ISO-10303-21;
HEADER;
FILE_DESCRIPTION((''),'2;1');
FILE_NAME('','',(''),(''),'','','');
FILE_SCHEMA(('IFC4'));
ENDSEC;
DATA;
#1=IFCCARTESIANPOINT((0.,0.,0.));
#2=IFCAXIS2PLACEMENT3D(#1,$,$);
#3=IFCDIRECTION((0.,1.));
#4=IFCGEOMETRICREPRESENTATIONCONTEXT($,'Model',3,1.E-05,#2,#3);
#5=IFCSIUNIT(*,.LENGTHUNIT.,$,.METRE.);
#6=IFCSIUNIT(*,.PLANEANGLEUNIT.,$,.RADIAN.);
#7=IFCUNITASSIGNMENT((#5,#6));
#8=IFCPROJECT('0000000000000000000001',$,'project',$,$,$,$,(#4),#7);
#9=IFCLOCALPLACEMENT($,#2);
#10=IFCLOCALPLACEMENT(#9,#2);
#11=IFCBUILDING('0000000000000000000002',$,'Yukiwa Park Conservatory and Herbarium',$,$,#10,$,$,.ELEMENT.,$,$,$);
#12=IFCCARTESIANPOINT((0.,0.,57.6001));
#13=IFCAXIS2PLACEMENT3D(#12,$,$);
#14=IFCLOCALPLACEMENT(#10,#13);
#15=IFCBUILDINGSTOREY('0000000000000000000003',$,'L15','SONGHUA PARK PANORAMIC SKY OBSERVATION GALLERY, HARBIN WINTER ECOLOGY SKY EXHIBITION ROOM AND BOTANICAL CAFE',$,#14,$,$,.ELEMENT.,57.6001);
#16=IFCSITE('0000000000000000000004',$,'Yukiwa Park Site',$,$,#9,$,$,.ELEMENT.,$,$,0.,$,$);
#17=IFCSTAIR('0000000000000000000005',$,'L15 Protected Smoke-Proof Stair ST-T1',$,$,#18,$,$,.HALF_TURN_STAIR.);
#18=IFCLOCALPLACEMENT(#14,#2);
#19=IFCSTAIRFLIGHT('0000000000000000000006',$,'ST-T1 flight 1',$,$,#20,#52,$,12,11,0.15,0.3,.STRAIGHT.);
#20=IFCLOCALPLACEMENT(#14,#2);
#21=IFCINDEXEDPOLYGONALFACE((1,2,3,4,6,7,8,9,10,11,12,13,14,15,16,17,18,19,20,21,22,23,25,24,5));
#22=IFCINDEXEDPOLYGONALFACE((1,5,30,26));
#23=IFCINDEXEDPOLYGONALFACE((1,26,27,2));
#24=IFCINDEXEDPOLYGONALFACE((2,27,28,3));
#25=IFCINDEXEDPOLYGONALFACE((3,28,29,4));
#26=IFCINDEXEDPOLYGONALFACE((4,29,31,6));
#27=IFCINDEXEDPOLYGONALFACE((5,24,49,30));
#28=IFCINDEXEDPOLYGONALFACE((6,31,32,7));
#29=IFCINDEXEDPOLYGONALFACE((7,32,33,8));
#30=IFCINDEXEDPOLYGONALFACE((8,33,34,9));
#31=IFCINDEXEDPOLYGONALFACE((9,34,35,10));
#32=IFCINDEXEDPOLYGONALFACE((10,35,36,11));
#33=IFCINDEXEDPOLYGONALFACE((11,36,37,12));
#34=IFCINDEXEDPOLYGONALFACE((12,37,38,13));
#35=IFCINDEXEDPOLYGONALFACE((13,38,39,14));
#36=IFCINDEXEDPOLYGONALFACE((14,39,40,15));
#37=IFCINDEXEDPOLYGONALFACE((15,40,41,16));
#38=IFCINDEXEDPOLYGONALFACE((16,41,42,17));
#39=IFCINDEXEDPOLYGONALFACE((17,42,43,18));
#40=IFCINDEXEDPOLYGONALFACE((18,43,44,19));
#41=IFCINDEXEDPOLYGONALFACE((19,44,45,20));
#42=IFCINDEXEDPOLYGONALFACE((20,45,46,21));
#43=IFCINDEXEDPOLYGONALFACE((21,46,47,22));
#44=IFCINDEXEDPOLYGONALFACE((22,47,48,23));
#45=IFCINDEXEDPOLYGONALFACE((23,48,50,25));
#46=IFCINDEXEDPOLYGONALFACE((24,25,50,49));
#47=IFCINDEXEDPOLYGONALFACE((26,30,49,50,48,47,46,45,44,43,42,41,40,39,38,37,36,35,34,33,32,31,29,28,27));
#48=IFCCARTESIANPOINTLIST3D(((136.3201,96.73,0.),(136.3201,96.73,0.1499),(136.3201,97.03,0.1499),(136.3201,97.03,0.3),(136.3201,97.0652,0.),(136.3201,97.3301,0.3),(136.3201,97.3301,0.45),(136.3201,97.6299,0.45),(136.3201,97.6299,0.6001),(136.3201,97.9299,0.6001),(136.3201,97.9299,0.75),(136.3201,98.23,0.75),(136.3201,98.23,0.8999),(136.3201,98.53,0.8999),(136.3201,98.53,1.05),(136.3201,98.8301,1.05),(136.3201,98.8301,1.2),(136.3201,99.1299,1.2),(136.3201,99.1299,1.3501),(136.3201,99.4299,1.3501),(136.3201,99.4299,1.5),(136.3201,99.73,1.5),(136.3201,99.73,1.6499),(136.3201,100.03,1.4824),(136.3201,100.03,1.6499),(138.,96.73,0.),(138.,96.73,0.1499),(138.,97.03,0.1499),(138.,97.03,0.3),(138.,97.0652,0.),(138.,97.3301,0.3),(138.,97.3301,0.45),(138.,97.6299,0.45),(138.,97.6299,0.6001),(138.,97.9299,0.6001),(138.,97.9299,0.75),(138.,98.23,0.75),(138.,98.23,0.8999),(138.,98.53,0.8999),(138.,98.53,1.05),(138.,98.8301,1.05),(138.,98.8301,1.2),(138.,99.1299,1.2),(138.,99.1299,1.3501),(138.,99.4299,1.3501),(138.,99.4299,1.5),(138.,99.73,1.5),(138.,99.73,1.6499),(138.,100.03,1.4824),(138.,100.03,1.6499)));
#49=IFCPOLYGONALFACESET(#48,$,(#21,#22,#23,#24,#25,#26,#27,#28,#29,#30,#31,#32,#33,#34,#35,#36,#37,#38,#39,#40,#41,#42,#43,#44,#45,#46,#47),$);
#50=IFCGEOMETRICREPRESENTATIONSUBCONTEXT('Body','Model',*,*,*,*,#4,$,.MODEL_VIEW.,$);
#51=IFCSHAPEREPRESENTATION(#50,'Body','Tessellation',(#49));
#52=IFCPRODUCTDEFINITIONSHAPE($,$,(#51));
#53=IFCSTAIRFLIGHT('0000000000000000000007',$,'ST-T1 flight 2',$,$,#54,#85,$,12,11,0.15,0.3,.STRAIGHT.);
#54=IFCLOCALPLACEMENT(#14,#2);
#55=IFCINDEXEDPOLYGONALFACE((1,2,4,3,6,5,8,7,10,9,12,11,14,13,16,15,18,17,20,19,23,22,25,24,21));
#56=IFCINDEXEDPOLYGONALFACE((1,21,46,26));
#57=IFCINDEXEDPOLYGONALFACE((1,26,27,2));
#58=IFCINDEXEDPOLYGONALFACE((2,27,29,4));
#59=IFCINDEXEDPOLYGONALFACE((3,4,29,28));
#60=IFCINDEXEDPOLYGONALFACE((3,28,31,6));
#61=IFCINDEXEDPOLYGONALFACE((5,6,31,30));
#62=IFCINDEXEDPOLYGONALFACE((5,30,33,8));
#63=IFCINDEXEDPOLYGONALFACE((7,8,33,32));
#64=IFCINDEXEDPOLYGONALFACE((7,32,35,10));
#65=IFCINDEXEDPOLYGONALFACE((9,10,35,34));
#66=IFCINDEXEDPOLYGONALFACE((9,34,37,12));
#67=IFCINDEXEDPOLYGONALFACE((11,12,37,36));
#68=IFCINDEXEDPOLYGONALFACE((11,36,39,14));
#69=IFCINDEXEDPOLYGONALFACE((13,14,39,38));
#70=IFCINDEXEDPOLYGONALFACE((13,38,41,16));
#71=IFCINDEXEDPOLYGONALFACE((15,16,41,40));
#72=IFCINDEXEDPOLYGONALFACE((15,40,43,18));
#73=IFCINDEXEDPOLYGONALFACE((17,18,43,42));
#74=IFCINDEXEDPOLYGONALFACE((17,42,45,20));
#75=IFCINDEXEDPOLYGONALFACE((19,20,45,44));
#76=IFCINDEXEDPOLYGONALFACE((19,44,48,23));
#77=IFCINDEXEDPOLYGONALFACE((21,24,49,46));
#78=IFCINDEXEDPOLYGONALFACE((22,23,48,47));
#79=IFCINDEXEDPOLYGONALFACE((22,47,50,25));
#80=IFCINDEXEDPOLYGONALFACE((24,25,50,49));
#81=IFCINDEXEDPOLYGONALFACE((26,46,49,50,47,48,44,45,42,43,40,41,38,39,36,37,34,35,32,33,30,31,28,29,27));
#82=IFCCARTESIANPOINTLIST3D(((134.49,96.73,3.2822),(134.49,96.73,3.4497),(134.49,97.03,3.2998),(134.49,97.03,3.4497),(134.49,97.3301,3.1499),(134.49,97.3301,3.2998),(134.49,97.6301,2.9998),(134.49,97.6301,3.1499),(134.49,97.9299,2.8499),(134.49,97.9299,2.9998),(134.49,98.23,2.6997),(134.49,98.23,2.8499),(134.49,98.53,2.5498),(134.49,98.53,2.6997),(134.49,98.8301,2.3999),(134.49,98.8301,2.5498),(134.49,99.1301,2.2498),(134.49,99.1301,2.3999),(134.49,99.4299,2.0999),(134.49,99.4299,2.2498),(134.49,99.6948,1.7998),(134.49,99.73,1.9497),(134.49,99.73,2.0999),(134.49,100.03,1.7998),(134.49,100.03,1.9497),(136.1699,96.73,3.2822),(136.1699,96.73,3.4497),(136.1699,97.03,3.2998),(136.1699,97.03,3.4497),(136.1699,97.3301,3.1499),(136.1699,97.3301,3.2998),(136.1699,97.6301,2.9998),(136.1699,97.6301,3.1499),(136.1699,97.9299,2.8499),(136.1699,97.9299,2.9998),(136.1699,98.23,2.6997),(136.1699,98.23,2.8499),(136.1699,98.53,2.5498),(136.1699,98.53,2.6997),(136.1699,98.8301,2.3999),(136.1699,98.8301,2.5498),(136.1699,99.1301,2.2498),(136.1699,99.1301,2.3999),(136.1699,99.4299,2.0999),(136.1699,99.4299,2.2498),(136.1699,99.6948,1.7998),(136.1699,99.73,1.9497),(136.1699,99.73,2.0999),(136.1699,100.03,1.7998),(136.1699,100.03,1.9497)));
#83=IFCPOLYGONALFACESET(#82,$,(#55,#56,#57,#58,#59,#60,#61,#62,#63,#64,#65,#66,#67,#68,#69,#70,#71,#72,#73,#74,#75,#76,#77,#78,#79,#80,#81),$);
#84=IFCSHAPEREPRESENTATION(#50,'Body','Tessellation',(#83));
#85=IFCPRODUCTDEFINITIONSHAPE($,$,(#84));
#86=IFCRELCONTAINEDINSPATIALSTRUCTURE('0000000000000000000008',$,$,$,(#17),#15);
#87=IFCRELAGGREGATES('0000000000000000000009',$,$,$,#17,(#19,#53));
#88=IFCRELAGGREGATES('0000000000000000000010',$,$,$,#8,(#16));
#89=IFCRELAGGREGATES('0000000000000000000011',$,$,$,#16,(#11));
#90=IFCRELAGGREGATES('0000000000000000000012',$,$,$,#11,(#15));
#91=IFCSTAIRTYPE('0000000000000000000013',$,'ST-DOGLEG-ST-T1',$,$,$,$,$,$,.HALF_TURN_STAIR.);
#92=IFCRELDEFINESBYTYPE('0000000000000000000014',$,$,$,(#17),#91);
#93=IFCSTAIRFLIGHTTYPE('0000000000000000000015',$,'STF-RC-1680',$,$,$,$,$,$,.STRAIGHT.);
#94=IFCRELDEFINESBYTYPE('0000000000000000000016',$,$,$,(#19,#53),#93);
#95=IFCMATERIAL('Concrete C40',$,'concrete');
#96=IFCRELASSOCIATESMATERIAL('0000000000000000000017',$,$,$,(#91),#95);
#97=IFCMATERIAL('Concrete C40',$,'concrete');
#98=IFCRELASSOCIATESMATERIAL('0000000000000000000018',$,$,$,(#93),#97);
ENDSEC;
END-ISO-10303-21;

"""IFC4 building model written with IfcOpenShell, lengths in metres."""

from ifc_helpers import new_model, si_unit, direction, frame, origin, place, context, subcontext, project, spatial, polyline, outline, extrude, material, type_object, element, aggregate, save


model = new_model("IFC4")

# Units and contexts
model_context = context("Model", 3, precision=1e-05, world=origin(), true_north=direction((0.0, 1.0)))
body_context = subcontext(model_context, "Body", "Model", "MODEL_VIEW")
ifc_project = project(units=[si_unit("LENGTHUNIT", "METRE"), si_unit("PLANEANGLEUNIT", "RADIAN")], contexts=[model_context])

# Site, building, storey
site_placement = place(None, origin())
site = spatial("IfcSite", under=ifc_project, at=site_placement, Name="Yukiwa Park Site", CompositionType="ELEMENT", RefElevation=0.0)
building_placement = place(site_placement, origin())
building = spatial("IfcBuilding", under=site, at=building_placement, Name="Yukiwa Park Conservatory and Herbarium", CompositionType="ELEMENT")
storey_placement = place(building_placement, frame((0.0, 0.0, 57.6001)))
storey = spatial("IfcBuildingStorey", under=building, at=storey_placement, Name="L15", Description="SONGHUA PARK PANORAMIC SKY OBSERVATION GALLERY, HARBIN WINTER ECOLOGY SKY EXHIBITION ROOM AND BOTANICAL CAFE", CompositionType="ELEMENT", Elevation=57.6001)

# Stair, stair flights
ifc_material_1 = material(Name="Concrete C40", Category="concrete")
stair_type = type_object("IfcStairType", Name="ST-DOGLEG-ST-T1", PredefinedType="HALF_TURN_STAIR", material=ifc_material_1)
stair_placement = place(storey_placement, origin())
stair = element("IfcStair", 1, at=stair_placement, inside=storey, type_object=stair_type, Name="L15 Protected Smoke-Proof Stair ST-T1", PredefinedType="HALF_TURN_STAIR")
ifc_material_2 = material(Name="Concrete C40", Category="concrete")
stair_flight_type = type_object("IfcStairFlightType", Name="STF-RC-1680", PredefinedType="STRAIGHT", material=ifc_material_2)
stair_flight_1_placement = place(storey_placement, frame((137.1599, 96.73, 0.0), z_axis=(0.0, 0.0, 1.0), x_axis=(0.0, 1.0, 0.0)))
stair_flight_1 = element("IfcStairFlight", 2, at=stair_flight_1_placement, type_object=stair_flight_type, Name="ST-T1 flight 1", NumberOfRisers=12, NumberOfTreads=11, PredefinedType="STRAIGHT", RiserHeight=0.15, TreadLength=0.3, context=body_context, shape_type="SweptSolid", body=[
    extrude(outline(polyline([(0.0, 0.0), (0.0, 0.1499), (0.3, 0.1499), (0.3, 0.3), (0.6001, 0.3), (0.6001, 0.45), (0.8999, 0.45), (0.8999, 0.6001), (1.2, 0.6001), (1.2, 0.75), (1.5, 0.75), (1.5, 0.8999), (1.8, 0.8999), (1.8, 1.05), (2.1001, 1.05), (2.1001, 1.2), (2.3999, 1.2), (2.3999, 1.3501), (2.7, 1.3501), (2.7, 1.5), (3.0, 1.5), (3.0, 1.6499), (3.3, 1.6499), (3.3, 1.8), (3.3, 1.4824), (0.3352, 0.0), (0.0, 0.0)])), frame((0.0, 0.8398, 0.0), z_axis=(0.0, -1.0, 0.0), x_axis=(1.0, 0.0, 0.0)), (0.0, 0.0, 1.0), 1.6799),
])
stair_flight_2_placement = place(storey_placement, frame((135.3301, 100.03, 1.7998), z_axis=(0.0, 0.0, 1.0), x_axis=(0.0, -1.0, 0.0)))
stair_flight_2 = element("IfcStairFlight", 3, at=stair_flight_2_placement, type_object=stair_flight_type, Name="ST-T1 flight 2", NumberOfRisers=12, NumberOfTreads=11, PredefinedType="STRAIGHT", RiserHeight=0.15, TreadLength=0.3, context=body_context, shape_type="SweptSolid", body=[
    extrude(outline(polyline([(0.0, 0.0), (0.0, 0.1499), (0.3, 0.1499), (0.3, 0.3), (0.6001, 0.3), (0.6001, 0.45), (0.8999, 0.45), (0.8999, 0.6001), (1.2, 0.6001), (1.2, 0.75), (1.5, 0.75), (1.5, 0.8999), (1.8, 0.8999), (1.8, 1.05), (2.1001, 1.05), (2.1001, 1.2), (2.3999, 1.2), (2.3999, 1.3501), (2.7, 1.3501), (2.7, 1.5), (3.0, 1.5), (3.0, 1.6499), (3.3, 1.6499), (3.3, 1.8), (3.3, 1.4824), (0.3352, 0.0), (0.0, 0.0)])), frame((0.0, 0.8398, 0.0), z_axis=(0.0, -1.0, 0.0), x_axis=(1.0, 0.0, 0.0)), (0.0, 0.0, 1.0), 1.6799),
])
aggregate(stair, [stair_flight_1, stair_flight_2])

save(model, "model.ifc")
